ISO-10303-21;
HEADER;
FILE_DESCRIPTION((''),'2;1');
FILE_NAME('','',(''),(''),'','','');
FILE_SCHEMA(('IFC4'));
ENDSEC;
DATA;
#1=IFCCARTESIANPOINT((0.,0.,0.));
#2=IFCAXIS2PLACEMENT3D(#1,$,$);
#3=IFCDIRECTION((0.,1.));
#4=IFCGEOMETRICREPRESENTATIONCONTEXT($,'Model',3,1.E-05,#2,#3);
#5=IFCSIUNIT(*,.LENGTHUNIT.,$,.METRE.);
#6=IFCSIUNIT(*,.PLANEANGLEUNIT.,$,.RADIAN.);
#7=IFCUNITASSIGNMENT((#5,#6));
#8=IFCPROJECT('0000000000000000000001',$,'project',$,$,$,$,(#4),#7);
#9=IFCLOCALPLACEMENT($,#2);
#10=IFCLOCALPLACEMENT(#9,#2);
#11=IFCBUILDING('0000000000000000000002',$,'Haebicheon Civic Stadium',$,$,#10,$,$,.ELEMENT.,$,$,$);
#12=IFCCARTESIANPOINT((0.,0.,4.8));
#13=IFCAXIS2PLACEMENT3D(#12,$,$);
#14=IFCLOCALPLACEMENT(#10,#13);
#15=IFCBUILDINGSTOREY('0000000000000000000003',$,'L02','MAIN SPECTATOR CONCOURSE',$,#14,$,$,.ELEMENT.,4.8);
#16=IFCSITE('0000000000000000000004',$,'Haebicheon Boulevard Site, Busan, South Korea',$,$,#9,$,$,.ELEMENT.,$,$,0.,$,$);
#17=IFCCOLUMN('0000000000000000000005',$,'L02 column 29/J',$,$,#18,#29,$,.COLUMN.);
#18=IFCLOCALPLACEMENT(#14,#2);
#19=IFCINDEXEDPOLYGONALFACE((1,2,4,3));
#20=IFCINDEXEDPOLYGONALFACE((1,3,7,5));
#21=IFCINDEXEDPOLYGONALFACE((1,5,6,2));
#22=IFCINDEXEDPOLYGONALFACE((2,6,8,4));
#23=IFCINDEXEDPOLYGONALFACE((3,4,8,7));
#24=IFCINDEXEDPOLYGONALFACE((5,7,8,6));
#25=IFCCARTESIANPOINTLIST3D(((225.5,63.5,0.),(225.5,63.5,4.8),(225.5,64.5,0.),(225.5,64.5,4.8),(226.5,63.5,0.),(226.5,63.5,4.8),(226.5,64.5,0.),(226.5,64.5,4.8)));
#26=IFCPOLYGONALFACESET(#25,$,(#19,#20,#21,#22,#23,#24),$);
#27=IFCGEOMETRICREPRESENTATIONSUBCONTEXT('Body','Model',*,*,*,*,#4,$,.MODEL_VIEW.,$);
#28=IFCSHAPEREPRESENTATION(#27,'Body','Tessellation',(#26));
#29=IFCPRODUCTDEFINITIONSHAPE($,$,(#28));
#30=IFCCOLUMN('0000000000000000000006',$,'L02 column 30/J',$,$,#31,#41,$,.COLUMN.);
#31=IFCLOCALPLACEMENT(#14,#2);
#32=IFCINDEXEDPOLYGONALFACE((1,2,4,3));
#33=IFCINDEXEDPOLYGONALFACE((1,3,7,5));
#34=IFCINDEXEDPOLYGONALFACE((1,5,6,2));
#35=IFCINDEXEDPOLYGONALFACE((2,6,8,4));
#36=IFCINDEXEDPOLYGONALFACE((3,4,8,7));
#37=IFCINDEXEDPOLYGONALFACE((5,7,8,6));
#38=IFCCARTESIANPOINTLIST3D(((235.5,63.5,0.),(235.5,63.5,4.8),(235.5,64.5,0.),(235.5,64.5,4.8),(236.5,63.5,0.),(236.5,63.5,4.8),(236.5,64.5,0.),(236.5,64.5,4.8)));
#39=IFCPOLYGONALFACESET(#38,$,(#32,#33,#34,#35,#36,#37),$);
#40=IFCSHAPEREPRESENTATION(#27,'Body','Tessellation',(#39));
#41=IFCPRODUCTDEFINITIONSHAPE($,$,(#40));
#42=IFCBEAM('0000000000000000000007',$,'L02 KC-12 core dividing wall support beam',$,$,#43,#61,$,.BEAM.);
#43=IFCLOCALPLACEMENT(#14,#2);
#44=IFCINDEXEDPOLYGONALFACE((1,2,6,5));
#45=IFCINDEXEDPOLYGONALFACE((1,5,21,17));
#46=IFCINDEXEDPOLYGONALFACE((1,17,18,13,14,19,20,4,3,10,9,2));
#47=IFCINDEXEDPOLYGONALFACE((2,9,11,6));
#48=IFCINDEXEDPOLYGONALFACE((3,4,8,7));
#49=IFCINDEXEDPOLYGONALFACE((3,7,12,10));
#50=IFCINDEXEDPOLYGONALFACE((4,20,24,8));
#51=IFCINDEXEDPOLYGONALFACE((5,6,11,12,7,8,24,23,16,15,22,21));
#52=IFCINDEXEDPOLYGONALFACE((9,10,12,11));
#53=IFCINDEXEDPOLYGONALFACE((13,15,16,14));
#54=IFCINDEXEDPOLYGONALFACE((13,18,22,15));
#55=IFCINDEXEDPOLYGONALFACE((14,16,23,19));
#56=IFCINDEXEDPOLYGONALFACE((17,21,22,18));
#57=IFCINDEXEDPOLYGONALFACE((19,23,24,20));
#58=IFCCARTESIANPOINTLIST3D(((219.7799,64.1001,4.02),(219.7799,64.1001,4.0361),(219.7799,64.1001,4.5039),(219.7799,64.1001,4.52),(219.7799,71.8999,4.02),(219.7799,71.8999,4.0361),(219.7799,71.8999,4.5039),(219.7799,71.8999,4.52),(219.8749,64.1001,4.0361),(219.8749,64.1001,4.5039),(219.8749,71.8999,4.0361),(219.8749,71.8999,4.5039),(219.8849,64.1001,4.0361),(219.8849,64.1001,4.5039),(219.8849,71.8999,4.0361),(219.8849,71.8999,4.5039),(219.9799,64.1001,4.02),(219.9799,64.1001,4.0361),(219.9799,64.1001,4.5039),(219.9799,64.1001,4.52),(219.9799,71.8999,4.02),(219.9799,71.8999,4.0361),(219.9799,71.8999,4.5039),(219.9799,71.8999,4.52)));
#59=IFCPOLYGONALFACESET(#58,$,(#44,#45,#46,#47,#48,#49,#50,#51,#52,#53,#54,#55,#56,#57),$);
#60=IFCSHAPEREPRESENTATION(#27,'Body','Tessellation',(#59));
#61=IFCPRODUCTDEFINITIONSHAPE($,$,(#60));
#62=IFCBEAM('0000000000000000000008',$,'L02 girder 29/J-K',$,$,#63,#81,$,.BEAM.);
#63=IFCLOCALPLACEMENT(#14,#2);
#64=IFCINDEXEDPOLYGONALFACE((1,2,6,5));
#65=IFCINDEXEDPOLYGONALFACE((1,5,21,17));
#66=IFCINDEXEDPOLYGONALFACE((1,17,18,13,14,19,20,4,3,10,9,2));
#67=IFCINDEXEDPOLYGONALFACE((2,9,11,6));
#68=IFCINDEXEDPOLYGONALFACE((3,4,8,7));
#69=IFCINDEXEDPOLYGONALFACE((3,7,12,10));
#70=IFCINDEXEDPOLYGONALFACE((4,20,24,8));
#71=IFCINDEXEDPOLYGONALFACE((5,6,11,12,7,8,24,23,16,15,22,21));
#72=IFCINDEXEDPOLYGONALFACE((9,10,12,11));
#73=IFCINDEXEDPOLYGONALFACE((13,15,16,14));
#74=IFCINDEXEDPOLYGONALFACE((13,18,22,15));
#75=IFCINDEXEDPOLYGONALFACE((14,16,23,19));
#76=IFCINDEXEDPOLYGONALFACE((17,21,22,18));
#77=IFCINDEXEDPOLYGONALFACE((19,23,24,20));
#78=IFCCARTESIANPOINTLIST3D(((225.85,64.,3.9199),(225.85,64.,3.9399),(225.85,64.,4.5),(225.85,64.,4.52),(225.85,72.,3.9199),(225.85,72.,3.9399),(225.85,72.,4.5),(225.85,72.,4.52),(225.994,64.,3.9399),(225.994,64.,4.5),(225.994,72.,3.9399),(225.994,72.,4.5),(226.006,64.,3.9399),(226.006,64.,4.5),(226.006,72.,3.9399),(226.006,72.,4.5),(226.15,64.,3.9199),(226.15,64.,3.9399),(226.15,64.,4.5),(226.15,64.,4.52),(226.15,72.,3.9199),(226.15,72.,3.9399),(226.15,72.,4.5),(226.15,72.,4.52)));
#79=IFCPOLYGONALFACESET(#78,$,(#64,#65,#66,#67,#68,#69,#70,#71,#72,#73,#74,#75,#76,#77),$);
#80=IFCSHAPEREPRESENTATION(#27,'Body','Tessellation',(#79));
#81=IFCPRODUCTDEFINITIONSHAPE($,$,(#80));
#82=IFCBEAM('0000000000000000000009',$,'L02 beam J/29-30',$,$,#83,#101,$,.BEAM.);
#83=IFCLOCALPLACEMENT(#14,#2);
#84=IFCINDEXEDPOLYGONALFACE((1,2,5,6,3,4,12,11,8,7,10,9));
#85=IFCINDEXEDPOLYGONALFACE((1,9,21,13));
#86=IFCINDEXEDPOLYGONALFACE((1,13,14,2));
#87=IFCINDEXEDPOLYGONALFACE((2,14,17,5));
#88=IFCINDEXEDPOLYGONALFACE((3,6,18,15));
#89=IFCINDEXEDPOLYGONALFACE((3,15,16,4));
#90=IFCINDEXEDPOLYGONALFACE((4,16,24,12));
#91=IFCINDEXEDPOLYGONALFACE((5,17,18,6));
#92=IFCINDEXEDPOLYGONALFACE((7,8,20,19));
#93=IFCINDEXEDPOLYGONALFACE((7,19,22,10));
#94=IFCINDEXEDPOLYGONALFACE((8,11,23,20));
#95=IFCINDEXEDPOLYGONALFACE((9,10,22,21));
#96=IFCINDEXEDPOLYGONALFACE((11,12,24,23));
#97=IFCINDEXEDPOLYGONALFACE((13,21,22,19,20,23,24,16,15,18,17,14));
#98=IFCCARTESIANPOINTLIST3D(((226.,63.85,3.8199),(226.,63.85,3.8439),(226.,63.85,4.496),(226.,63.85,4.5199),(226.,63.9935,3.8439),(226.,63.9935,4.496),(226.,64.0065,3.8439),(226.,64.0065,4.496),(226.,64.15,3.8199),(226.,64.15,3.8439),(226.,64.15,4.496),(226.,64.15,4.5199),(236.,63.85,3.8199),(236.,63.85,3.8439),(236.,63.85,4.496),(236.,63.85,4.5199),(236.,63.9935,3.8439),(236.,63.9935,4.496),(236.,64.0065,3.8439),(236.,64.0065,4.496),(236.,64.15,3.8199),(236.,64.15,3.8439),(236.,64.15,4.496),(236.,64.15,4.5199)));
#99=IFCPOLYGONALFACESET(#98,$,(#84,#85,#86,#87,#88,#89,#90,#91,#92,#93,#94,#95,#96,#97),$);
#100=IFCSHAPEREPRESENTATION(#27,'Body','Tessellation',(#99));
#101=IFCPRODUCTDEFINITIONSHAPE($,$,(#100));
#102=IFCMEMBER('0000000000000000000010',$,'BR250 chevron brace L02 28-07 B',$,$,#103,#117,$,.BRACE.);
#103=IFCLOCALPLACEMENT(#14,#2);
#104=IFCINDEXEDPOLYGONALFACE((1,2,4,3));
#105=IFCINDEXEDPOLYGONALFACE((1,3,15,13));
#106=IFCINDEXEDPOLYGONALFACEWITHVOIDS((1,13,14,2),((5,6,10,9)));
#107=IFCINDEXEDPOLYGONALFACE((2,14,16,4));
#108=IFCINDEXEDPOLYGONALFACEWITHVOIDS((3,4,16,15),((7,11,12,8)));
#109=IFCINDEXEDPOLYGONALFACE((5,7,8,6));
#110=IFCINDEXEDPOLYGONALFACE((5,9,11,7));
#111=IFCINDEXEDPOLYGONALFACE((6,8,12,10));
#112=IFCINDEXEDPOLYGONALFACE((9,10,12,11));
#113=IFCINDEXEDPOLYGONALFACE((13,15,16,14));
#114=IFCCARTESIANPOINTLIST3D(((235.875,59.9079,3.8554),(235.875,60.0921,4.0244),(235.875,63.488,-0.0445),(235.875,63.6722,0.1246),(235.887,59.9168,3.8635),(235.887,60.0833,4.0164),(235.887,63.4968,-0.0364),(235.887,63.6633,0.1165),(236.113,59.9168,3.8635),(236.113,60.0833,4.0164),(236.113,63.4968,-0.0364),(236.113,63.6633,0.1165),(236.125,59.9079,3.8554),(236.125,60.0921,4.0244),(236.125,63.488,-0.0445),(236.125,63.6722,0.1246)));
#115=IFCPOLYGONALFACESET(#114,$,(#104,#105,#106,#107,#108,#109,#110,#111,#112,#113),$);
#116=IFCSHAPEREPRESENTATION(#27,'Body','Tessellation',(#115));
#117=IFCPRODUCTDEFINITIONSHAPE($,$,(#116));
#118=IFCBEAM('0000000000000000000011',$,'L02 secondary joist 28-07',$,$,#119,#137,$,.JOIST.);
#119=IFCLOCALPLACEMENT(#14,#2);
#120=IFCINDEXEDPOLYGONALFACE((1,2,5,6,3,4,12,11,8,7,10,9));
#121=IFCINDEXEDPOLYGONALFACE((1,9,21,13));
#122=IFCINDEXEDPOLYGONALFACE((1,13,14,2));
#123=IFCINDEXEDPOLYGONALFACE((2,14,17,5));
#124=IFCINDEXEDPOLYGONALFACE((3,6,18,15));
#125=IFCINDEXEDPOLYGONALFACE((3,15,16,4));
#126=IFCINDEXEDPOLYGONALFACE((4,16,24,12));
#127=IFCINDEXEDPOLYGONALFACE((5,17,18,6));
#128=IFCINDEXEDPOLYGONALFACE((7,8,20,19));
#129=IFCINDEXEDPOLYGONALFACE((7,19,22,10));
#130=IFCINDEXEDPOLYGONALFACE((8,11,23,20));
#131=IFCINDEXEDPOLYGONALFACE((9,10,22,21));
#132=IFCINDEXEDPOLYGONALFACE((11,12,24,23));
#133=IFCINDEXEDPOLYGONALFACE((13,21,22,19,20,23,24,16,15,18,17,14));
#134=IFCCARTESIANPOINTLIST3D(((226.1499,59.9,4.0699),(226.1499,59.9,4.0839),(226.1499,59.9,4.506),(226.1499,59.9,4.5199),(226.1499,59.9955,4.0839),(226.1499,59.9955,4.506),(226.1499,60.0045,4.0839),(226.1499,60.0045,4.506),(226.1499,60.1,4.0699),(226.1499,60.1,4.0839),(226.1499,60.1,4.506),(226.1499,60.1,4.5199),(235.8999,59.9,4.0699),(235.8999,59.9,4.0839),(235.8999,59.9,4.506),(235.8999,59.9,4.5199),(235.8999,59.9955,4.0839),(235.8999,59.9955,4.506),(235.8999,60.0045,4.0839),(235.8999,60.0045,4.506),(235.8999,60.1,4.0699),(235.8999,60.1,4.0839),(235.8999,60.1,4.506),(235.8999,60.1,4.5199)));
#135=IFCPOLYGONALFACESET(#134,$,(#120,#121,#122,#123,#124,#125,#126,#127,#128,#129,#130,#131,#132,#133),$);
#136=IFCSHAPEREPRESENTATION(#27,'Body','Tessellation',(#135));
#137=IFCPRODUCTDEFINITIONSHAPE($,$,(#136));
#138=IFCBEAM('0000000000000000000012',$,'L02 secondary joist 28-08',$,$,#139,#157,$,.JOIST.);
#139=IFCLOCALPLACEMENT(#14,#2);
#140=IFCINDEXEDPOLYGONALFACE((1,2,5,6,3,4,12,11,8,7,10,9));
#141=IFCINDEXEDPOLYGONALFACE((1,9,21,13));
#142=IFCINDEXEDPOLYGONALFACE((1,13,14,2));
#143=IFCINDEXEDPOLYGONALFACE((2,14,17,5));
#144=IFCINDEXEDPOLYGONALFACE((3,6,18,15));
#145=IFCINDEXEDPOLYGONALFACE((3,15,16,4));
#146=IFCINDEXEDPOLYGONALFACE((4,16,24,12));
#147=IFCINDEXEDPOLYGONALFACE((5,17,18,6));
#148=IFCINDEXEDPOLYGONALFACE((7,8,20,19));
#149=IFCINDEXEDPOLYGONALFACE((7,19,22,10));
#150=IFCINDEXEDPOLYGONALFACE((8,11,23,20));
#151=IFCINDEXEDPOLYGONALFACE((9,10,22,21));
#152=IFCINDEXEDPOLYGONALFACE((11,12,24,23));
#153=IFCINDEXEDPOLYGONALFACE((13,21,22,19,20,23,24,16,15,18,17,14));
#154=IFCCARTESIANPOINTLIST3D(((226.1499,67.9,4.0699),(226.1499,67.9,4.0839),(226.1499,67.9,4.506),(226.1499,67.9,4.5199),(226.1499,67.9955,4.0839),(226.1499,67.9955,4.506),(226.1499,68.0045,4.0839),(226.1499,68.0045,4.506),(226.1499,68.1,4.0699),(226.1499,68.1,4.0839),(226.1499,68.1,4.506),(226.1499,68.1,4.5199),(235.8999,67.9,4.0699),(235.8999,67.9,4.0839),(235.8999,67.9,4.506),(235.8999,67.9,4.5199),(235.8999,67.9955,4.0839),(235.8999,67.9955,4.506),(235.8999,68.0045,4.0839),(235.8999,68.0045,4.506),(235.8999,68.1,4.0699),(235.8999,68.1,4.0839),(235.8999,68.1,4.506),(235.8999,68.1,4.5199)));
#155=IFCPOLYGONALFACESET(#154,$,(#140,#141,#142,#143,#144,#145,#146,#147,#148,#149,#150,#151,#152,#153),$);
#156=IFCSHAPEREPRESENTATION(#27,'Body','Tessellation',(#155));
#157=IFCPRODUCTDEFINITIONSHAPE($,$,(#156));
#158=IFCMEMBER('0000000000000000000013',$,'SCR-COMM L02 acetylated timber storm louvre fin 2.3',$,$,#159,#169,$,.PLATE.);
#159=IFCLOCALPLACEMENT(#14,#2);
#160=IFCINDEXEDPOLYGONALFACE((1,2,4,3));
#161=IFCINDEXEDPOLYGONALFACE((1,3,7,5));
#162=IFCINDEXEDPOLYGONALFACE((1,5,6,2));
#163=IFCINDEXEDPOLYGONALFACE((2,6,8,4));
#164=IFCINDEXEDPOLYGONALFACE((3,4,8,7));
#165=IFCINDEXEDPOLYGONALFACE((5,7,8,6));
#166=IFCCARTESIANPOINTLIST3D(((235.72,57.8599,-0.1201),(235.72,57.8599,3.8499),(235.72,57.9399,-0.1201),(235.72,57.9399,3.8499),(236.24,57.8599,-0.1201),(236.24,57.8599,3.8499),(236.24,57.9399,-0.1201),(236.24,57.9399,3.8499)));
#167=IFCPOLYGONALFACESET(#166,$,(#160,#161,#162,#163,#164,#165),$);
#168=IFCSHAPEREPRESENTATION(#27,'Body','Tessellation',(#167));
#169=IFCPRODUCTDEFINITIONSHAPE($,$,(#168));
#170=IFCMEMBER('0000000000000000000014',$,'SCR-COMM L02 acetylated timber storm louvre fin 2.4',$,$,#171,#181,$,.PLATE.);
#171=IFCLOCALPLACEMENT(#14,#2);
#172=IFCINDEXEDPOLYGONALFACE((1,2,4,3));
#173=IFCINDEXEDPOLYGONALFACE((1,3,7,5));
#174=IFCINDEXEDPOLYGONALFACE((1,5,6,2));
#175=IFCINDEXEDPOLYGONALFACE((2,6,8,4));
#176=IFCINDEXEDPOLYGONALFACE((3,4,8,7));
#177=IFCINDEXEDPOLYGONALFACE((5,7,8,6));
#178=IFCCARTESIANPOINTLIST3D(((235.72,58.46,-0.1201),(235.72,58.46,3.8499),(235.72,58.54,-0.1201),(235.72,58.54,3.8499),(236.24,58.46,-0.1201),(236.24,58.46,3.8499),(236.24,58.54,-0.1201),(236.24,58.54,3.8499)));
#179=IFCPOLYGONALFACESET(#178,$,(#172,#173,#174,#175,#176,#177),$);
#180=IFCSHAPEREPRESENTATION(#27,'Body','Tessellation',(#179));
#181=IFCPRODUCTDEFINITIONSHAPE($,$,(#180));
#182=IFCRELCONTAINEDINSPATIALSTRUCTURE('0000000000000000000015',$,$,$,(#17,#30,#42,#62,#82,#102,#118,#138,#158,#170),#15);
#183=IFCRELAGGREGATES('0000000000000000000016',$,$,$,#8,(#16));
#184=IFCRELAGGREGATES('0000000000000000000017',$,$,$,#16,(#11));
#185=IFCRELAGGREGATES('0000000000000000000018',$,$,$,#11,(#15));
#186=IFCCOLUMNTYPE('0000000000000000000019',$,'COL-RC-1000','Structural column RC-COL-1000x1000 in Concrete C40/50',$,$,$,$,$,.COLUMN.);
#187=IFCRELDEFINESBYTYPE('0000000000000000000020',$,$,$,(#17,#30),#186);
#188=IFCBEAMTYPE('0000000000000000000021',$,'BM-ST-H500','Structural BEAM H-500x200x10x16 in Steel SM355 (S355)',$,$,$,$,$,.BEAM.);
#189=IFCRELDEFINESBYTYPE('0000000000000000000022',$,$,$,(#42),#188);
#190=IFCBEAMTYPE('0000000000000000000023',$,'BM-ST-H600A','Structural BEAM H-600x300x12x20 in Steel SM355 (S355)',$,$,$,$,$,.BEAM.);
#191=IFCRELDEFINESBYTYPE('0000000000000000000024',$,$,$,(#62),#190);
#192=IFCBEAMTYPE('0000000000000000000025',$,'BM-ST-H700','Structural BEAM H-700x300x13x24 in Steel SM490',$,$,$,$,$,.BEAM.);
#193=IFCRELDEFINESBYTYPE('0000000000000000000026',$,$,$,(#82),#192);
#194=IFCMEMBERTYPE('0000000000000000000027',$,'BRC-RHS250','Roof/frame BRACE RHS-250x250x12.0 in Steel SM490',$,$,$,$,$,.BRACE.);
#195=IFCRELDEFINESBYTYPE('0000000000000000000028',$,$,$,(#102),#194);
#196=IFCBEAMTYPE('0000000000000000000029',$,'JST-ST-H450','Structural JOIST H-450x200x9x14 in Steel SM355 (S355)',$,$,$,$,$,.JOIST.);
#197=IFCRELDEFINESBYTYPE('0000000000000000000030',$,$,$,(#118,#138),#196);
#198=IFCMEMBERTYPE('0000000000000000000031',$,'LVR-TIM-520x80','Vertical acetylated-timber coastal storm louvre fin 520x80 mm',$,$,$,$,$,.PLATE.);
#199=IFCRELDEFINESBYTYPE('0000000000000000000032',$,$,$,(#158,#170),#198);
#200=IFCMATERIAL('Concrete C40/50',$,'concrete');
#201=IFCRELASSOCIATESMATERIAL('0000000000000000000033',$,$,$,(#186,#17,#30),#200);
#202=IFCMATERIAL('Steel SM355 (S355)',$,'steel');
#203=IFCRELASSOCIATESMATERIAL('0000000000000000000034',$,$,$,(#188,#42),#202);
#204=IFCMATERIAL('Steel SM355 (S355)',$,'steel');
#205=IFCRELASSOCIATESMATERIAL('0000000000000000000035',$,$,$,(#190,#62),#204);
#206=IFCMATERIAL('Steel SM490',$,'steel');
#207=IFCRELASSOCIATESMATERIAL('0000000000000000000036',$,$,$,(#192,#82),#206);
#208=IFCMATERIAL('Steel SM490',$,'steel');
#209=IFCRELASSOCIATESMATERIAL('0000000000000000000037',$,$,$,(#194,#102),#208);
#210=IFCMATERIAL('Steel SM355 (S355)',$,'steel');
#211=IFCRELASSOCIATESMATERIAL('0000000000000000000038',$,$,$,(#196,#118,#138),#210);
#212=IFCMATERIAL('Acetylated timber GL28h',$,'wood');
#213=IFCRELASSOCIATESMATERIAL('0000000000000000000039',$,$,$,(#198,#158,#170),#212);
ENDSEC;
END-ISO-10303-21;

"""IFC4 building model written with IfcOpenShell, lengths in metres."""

from ifc_helpers import new_model, si_unit, direction, frame, origin, origin_2d, place, context, subcontext, project, spatial, rectangle, hollow_rectangle, i_section, extrude, material, material_profile, profile_set, type_object, element, save


model = new_model("IFC4")

# Units and contexts
model_context = context("Model", 3, precision=1e-05, world=origin(), true_north=direction((0.0, 1.0)))
body_context = subcontext(model_context, "Body", "Model", "MODEL_VIEW")
ifc_project = project(units=[si_unit("LENGTHUNIT", "METRE"), si_unit("PLANEANGLEUNIT", "RADIAN")], contexts=[model_context])

# Site, building, storey
site_placement = place(None, origin())
site = spatial("IfcSite", under=ifc_project, at=site_placement, Name="Haebicheon Boulevard Site, Busan, South Korea", CompositionType="ELEMENT", RefElevation=0.0)
building_placement = place(site_placement, origin())
building = spatial("IfcBuilding", under=site, at=building_placement, Name="Haebicheon Civic Stadium", CompositionType="ELEMENT")
storey_placement = place(building_placement, frame((0.0, 0.0, 4.8)))
storey = spatial("IfcBuildingStorey", under=building, at=storey_placement, Name="L02", Description="MAIN SPECTATOR CONCOURSE", CompositionType="ELEMENT", Elevation=4.8)

# Columns
ifc_material_1 = material(Name="Concrete C40/50", Category="concrete")
ifc_material_profile_1 = material_profile(ifc_material_1, rectangle(XDim=1.0, YDim=1.0, at=origin_2d()), Name="RC-COL-1000x1000")
ifc_profile_set_1 = profile_set([ifc_material_profile_1], Name="Concrete C40/50")
column_type = type_object("IfcColumnType", Name="COL-RC-1000", Description="Structural column RC-COL-1000x1000 in Concrete C40/50", PredefinedType="COLUMN", material=ifc_profile_set_1)
for number, where, z_axis, x_axis, name in (
    (1, (226.0, 64.0, 0.0), (0.0, 0.0, 1.0), (1.0, 0.0, 0.0), "L02 column 29/J"),
    (2, (236.0, 64.0, 0.0), (0.0, 0.0, 1.0), (1.0, 0.0, 0.0), "L02 column 30/J"),
):
    element("IfcColumn", number, at=place(storey_placement, frame(where, z_axis=z_axis, x_axis=x_axis)), inside=storey, type_object=column_type, material=ifc_profile_set_1, Name=name, PredefinedType="COLUMN", context=body_context, shape_type="SweptSolid", body=[
        extrude(rectangle(XDim=1.0, YDim=1.0, at=origin_2d()), origin(), (0.0, 0.0, 1.0), 4.8),
    ])

# Beams
ifc_material_2 = material(Name="Steel SM355 (S355)", Category="steel")
ifc_material_profile_2 = material_profile(ifc_material_2, i_section(OverallWidth=0.2, OverallDepth=0.5, WebThickness=0.01, FlangeThickness=0.0161, at=origin_2d()), Name="H-500x200x10x16")
ifc_profile_set_2 = profile_set([ifc_material_profile_2], Name="Steel SM355 (S355)")
beam_type_1 = type_object("IfcBeamType", Name="BM-ST-H500", Description="Structural BEAM H-500x200x10x16 in Steel SM355 (S355)", PredefinedType="BEAM", material=ifc_profile_set_2)
beam_1_placement = place(storey_placement, frame((219.8799, 64.1001, 4.27), z_axis=(0.0, 1.0, 0.0), x_axis=(-1.0, 0.0, 0.0)))
element("IfcBeam", 3, at=beam_1_placement, inside=storey, type_object=beam_type_1, material=ifc_profile_set_2, Name="L02 KC-12 core dividing wall support beam", PredefinedType="BEAM", context=body_context, shape_type="SweptSolid", body=[
    extrude(i_section(OverallWidth=0.2, OverallDepth=0.5, WebThickness=0.01, FlangeThickness=0.0161, at=origin_2d()), origin(), (0.0, 0.0, 1.0), 7.7998),
])
ifc_material_3 = material(Name="Steel SM355 (S355)", Category="steel")
ifc_material_profile_3 = material_profile(ifc_material_3, i_section(OverallWidth=0.3, OverallDepth=0.6001, WebThickness=0.012, FlangeThickness=0.02, at=origin_2d()), Name="H-600x300x12x20")
ifc_profile_set_3 = profile_set([ifc_material_profile_3], Name="Steel SM355 (S355)")
beam_type_2 = type_object("IfcBeamType", Name="BM-ST-H600A", Description="Structural BEAM H-600x300x12x20 in Steel SM355 (S355)", PredefinedType="BEAM", material=ifc_profile_set_3)
beam_2_placement = place(storey_placement, frame((226.0, 64.0, 4.22), z_axis=(0.0, 1.0, 0.0), x_axis=(-1.0, 0.0, 0.0)))
element("IfcBeam", 4, at=beam_2_placement, inside=storey, type_object=beam_type_2, material=ifc_profile_set_3, Name="L02 girder 29/J-K", PredefinedType="BEAM", context=body_context, shape_type="SweptSolid", body=[
    extrude(i_section(OverallWidth=0.3, OverallDepth=0.6001, WebThickness=0.012, FlangeThickness=0.02, at=origin_2d()), origin(), (0.0, 0.0, 1.0), 8.0),
])
ifc_material_4 = material(Name="Steel SM490", Category="steel")
ifc_material_profile_4 = material_profile(ifc_material_4, i_section(OverallWidth=0.3, OverallDepth=0.7, WebThickness=0.0129, FlangeThickness=0.0239, at=origin_2d()), Name="H-700x300x13x24")
ifc_profile_set_4 = profile_set([ifc_material_profile_4], Name="Steel SM490")
beam_type_3 = type_object("IfcBeamType", Name="BM-ST-H700", Description="Structural BEAM H-700x300x13x24 in Steel SM490", PredefinedType="BEAM", material=ifc_profile_set_4)
beam_3_placement = place(storey_placement, frame((226.0, 64.0, 4.1699), z_axis=(1.0, 0.0, 0.0), x_axis=(0.0, 1.0, 0.0)))
element("IfcBeam", 5, at=beam_3_placement, inside=storey, type_object=beam_type_3, material=ifc_profile_set_4, Name="L02 beam J/29-30", PredefinedType="BEAM", context=body_context, shape_type="SweptSolid", body=[
    extrude(i_section(OverallWidth=0.3, OverallDepth=0.7, WebThickness=0.0129, FlangeThickness=0.0239, at=origin_2d()), origin(), (0.0, 0.0, 1.0), 10.0),
])

# Member
ifc_material_5 = material(Name="Steel SM490", Category="steel")
ifc_material_profile_5 = material_profile(ifc_material_5, hollow_rectangle(XDim=0.25, YDim=0.25, WallThickness=0.012, at=origin_2d()), Name="RHS-250x250x12.0")
ifc_profile_set_5 = profile_set([ifc_material_profile_5], Name="Steel SM490")
member_type_1 = type_object("IfcMemberType", Name="BRC-RHS250", Description="Roof/frame BRACE RHS-250x250x12.0 in Steel SM490", PredefinedType="BRACE", material=ifc_profile_set_5)
member_placement = place(storey_placement, frame((236.0, 63.5801, 0.04), z_axis=(0.0, -0.676255, 0.736668), x_axis=(1.0, 0.0, 0.0)))
element("IfcMember", 6, at=member_placement, inside=storey, type_object=member_type_1, material=ifc_profile_set_5, Name="BR250 chevron brace L02 28-07 B", PredefinedType="BRACE", context=body_context, shape_type="SweptSolid", body=[
    extrude(hollow_rectangle(XDim=0.25, YDim=0.25, WallThickness=0.012, at=origin_2d()), origin(), (0.0, 0.0, 1.0), 5.2939),
])

# Beams
ifc_material_6 = material(Name="Steel SM355 (S355)", Category="steel")
ifc_material_profile_6 = material_profile(ifc_material_6, i_section(OverallWidth=0.2, OverallDepth=0.45, WebThickness=0.009, FlangeThickness=0.0139, at=origin_2d()), Name="H-450x200x9x14")
ifc_profile_set_6 = profile_set([ifc_material_profile_6], Name="Steel SM355 (S355)")
beam_type_4 = type_object("IfcBeamType", Name="JST-ST-H450", Description="Structural JOIST H-450x200x9x14 in Steel SM355 (S355)", PredefinedType="JOIST", material=ifc_profile_set_6)
for number, where, z_axis, x_axis, name in (
    (7, (226.1499, 60.0, 4.2949), (1.0, 0.0, 0.0), (0.0, 1.0, 0.0), "L02 secondary joist 28-07"),
    (8, (226.1499, 68.0, 4.2949), (1.0, 0.0, 0.0), (0.0, 1.0, 0.0), "L02 secondary joist 28-08"),
):
    element("IfcBeam", number, at=place(storey_placement, frame(where, z_axis=z_axis, x_axis=x_axis)), inside=storey, type_object=beam_type_4, material=ifc_profile_set_6, Name=name, PredefinedType="JOIST", context=body_context, shape_type="SweptSolid", body=[
        extrude(i_section(OverallWidth=0.2, OverallDepth=0.45, WebThickness=0.009, FlangeThickness=0.0139, at=origin_2d()), origin(), (0.0, 0.0, 1.0), 9.75),
    ])

# Members
ifc_material_7 = material(Name="Acetylated timber GL28h", Category="wood")
ifc_material_profile_7 = material_profile(ifc_material_7, rectangle(XDim=0.0801, YDim=0.52, at=origin_2d()), Name="TMB-LOUV-80x520")
ifc_profile_set_7 = profile_set([ifc_material_profile_7], Name="Acetylated timber GL28h")
member_type_2 = type_object("IfcMemberType", Name="LVR-TIM-520x80", Description="Vertical acetylated-timber coastal storm louvre fin 520x80 mm", PredefinedType="PLATE", material=ifc_profile_set_7)
for number, where, z_axis, x_axis, name in (
    (9, (235.98, 57.8999, -0.1201), (0.0, 0.0, 1.0), (0.0, 1.0, 0.0), "SCR-COMM L02 acetylated timber storm louvre fin 2.3"),
    (10, (235.98, 58.5, -0.1201), (0.0, 0.0, 1.0), (0.0, 1.0, 0.0), "SCR-COMM L02 acetylated timber storm louvre fin 2.4"),
):
    element("IfcMember", number, at=place(storey_placement, frame(where, z_axis=z_axis, x_axis=x_axis)), inside=storey, type_object=member_type_2, material=ifc_profile_set_7, Name=name, PredefinedType="PLATE", context=body_context, shape_type="SweptSolid", body=[
        extrude(rectangle(XDim=0.0801, YDim=0.52, at=origin_2d()), origin(), (0.0, 0.0, 1.0), 3.97),
    ])

save(model, "model.ifc")
